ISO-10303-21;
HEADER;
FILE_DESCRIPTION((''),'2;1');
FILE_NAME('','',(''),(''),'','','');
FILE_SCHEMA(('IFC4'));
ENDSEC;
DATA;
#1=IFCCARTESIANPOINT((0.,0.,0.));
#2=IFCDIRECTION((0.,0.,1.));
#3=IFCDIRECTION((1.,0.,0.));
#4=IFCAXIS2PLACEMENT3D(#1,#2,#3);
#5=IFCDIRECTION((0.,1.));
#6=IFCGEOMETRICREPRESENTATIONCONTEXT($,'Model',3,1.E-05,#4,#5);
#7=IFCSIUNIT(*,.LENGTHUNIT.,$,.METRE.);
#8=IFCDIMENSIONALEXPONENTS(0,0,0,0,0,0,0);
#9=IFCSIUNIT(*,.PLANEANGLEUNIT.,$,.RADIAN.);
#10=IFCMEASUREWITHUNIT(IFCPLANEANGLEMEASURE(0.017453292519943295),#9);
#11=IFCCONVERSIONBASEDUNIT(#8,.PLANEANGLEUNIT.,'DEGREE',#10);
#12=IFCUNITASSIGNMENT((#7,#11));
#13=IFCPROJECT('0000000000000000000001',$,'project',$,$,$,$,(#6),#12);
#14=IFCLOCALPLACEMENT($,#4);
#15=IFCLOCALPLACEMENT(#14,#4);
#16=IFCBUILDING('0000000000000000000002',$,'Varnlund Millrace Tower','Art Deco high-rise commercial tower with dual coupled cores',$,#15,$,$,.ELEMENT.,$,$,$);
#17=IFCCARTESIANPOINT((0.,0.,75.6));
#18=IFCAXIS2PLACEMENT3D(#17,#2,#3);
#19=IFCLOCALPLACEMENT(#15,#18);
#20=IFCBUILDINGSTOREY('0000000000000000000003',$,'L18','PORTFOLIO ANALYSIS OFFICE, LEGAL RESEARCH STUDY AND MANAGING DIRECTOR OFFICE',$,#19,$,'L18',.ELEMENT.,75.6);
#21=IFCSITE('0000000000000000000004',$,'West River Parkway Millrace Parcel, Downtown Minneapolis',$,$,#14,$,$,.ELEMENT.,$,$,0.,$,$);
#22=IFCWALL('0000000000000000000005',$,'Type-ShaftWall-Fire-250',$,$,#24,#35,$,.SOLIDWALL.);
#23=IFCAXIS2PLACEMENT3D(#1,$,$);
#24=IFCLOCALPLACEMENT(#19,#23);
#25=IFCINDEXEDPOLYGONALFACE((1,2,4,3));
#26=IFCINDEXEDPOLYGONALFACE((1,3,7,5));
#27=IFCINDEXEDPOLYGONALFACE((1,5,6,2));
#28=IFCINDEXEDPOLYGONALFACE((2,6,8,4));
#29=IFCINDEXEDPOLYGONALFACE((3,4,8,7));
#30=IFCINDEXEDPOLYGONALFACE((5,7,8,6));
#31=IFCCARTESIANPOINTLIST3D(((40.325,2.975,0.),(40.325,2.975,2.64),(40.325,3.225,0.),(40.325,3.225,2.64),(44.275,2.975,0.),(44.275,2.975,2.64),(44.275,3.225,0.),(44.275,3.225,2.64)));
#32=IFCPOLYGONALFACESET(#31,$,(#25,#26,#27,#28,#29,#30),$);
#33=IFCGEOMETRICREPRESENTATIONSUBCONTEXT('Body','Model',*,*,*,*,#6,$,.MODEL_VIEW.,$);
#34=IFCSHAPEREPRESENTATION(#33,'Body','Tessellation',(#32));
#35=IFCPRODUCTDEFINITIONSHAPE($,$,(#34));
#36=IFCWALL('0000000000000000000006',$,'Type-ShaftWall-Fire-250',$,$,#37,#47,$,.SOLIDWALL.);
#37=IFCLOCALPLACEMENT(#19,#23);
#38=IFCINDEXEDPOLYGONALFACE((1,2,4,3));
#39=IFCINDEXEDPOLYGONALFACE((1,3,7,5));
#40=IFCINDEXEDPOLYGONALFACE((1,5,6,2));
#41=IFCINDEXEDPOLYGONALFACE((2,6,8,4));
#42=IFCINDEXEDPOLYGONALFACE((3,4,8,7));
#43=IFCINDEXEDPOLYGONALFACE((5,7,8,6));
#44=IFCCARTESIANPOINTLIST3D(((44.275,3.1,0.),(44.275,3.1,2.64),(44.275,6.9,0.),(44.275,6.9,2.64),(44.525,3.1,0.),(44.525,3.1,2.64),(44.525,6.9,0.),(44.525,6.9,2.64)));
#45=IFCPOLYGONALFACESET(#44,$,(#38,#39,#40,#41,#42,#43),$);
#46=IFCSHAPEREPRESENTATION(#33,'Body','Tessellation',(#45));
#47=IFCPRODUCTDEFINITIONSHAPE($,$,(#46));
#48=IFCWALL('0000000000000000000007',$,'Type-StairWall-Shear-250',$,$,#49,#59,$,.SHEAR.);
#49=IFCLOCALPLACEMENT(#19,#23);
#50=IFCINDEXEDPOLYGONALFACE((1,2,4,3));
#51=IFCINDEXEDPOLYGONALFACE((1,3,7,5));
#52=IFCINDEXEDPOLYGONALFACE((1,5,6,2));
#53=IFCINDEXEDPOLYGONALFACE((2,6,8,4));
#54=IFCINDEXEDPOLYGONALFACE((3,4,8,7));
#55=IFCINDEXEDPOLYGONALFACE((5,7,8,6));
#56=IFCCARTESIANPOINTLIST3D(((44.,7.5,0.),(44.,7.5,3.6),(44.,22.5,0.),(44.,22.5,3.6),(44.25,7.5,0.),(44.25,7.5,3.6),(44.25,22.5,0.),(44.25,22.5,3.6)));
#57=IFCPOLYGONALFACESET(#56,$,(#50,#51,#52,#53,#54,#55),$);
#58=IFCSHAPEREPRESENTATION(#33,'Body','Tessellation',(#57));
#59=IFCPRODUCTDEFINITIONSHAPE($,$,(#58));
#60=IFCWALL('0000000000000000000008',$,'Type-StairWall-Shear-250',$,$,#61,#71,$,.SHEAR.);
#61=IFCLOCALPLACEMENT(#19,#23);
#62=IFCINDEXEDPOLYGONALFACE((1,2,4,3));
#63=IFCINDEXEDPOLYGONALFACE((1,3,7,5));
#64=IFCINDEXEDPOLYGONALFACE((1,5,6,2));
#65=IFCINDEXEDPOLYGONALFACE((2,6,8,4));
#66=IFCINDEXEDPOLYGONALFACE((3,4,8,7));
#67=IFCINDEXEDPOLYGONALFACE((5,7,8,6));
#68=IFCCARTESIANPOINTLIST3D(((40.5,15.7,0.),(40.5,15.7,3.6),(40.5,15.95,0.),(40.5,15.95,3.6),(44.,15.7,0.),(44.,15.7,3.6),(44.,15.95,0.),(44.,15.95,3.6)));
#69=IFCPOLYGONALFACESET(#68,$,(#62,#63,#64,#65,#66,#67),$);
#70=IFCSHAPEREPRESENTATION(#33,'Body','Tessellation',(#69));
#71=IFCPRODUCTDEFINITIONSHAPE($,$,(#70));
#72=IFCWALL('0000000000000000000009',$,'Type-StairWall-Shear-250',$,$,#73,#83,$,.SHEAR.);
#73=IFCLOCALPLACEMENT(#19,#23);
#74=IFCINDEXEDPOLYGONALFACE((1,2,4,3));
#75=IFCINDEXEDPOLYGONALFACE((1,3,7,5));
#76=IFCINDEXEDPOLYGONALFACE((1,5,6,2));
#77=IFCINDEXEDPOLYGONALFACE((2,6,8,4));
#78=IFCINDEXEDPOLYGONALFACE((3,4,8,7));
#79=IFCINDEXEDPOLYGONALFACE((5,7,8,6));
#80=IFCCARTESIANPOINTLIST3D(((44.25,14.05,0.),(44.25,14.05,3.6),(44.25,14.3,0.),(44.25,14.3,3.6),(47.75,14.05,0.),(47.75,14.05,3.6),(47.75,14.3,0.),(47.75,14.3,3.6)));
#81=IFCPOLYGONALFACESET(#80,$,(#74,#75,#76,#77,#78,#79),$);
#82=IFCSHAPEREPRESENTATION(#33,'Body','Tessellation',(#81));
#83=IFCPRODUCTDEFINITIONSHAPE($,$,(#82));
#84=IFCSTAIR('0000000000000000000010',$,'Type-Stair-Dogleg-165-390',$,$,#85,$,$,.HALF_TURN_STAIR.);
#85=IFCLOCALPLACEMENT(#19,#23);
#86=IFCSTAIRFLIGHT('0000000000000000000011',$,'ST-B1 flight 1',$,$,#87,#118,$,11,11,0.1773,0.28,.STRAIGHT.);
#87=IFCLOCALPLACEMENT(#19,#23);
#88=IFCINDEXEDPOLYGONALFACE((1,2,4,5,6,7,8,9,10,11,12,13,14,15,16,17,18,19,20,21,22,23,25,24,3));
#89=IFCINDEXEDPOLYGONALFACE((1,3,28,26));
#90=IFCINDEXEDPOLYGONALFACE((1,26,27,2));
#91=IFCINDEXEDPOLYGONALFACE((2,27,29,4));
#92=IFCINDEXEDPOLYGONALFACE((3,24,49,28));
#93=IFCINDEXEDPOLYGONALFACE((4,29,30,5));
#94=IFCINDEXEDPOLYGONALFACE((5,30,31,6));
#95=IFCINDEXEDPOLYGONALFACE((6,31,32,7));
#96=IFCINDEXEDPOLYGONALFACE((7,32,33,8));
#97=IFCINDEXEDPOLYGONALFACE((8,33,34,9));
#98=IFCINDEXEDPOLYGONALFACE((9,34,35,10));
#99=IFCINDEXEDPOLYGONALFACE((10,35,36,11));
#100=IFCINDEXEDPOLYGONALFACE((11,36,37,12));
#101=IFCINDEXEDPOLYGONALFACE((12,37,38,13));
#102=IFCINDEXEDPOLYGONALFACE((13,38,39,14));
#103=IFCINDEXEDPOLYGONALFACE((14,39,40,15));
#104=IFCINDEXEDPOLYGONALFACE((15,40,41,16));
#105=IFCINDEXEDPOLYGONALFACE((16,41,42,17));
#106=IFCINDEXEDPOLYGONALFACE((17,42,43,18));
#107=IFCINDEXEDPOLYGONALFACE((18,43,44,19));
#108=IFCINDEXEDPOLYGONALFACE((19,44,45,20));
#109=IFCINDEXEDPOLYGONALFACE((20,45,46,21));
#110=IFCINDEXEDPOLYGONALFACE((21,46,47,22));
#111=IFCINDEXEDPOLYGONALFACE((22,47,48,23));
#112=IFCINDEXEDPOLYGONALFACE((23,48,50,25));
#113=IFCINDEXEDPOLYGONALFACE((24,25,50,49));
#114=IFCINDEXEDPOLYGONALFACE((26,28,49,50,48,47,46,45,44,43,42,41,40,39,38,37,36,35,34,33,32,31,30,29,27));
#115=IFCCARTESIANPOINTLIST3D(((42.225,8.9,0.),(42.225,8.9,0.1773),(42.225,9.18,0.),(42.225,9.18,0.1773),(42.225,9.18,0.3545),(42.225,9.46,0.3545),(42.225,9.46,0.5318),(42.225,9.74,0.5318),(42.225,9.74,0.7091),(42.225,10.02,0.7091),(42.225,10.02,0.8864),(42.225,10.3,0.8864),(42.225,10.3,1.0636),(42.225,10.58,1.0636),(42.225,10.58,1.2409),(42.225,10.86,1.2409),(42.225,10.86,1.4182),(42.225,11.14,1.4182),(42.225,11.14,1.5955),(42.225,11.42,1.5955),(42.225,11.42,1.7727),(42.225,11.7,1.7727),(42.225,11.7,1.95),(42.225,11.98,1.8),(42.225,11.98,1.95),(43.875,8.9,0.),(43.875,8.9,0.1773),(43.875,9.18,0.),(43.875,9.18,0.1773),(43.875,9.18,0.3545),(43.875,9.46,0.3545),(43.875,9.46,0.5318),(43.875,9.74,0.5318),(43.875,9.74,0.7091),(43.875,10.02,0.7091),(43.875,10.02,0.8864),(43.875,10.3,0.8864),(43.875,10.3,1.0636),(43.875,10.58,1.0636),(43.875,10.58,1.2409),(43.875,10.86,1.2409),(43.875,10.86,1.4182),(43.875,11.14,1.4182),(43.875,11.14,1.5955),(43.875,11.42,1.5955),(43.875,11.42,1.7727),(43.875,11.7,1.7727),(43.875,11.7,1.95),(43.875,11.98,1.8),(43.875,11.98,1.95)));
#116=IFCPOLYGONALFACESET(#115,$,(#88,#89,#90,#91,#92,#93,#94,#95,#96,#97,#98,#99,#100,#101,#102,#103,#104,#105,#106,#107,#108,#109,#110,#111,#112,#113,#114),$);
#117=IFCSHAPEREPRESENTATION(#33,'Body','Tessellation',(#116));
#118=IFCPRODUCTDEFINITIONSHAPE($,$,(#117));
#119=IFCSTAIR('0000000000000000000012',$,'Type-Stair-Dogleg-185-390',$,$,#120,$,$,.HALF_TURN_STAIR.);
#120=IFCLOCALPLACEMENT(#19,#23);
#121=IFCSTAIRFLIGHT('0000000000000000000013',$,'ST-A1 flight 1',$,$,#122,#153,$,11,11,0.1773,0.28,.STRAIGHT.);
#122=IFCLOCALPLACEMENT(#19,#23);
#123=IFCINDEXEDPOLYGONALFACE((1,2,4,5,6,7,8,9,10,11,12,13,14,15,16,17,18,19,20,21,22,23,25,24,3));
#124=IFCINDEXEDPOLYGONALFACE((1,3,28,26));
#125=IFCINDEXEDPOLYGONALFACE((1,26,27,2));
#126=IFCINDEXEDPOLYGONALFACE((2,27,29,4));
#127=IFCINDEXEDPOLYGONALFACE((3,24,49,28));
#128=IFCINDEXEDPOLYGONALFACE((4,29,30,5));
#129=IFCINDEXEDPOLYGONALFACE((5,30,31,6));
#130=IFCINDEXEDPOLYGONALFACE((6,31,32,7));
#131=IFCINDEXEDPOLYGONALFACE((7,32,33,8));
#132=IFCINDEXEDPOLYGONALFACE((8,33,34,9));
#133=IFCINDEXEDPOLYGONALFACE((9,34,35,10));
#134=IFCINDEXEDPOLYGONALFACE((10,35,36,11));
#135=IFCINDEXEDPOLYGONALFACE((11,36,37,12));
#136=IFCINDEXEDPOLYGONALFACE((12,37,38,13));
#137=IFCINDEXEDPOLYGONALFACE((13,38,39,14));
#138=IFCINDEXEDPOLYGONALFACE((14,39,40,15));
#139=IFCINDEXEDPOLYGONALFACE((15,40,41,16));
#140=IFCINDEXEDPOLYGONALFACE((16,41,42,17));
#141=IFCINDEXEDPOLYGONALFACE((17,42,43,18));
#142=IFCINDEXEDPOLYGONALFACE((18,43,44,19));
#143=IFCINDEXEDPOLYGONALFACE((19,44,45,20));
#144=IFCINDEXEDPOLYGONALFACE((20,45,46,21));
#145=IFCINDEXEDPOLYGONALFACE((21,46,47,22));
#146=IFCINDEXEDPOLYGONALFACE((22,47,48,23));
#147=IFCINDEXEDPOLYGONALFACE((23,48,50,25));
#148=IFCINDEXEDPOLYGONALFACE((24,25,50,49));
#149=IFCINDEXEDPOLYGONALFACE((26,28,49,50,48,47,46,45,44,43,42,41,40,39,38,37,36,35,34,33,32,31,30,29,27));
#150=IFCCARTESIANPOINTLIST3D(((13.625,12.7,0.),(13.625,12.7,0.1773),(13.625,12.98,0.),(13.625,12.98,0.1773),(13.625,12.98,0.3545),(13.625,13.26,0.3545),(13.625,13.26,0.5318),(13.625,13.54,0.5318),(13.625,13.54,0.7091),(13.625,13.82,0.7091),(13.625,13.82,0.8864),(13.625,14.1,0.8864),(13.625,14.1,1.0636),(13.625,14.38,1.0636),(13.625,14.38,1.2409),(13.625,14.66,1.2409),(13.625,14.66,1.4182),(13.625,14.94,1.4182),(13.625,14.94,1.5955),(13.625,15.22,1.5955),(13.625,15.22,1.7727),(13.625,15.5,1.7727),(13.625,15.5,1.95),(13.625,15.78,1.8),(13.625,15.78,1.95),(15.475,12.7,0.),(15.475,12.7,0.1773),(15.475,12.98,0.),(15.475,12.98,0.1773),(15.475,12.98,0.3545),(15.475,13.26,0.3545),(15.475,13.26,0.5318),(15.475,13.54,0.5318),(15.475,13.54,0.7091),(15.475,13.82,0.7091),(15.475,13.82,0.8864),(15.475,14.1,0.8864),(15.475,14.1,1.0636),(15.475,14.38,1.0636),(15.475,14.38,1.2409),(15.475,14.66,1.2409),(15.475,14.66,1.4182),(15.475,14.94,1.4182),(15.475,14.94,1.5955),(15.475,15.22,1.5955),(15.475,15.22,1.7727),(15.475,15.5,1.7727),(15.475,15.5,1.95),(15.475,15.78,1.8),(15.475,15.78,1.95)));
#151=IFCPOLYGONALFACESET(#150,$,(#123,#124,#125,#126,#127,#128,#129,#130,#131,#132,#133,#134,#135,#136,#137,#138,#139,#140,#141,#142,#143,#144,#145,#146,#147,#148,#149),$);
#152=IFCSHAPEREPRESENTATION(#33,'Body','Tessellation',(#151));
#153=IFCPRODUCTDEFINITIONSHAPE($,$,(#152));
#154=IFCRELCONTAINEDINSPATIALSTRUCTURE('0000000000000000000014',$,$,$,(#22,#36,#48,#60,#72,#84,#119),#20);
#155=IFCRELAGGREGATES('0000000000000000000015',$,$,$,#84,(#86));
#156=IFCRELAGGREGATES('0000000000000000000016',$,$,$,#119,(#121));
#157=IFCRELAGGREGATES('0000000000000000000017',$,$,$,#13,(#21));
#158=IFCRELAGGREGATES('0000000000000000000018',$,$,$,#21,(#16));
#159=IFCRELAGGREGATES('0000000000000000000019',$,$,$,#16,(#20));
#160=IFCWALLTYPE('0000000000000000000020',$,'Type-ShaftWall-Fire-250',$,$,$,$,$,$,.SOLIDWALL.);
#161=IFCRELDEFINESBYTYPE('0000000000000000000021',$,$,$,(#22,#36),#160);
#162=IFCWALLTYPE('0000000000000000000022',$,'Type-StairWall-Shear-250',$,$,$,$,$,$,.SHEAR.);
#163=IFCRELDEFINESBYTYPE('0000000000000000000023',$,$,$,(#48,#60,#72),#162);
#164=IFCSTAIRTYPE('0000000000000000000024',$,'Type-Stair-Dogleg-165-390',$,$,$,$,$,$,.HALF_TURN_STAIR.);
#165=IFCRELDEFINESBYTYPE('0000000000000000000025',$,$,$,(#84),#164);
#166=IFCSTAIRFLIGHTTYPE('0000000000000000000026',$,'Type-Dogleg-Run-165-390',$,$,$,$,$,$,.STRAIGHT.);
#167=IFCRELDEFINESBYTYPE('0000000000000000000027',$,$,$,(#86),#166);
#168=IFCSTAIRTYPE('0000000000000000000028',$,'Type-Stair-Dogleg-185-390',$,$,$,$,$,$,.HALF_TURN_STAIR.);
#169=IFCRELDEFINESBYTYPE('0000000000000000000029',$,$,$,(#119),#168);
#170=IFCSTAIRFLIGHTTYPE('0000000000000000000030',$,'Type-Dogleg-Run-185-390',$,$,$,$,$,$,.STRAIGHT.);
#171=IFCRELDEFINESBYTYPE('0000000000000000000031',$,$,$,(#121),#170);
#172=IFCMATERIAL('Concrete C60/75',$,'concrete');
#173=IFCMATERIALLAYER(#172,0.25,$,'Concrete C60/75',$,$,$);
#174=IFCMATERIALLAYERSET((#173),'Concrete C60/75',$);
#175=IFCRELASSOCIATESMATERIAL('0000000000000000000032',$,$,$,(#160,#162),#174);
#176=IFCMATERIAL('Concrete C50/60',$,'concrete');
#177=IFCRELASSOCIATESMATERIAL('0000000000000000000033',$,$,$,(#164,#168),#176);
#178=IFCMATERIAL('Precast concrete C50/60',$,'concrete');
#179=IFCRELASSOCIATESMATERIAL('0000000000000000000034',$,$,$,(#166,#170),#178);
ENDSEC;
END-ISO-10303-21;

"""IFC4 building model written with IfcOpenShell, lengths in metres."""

from ifc_helpers import new_model, entity, si_unit, converted_unit, direction, frame, origin_with_axes, place, context, subcontext, project, spatial, polyline, outline, extrude, material, layer, layer_set, type_object, element, aggregate, save


model = new_model("IFC4")

# Units and contexts
model_context = context("Model", 3, precision=1e-05, world=origin_with_axes(), true_north=direction((0.0, 1.0)))
body_context = subcontext(model_context, "Body", "Model", "MODEL_VIEW")
ifc_project = project(units=[si_unit("LENGTHUNIT", "METRE"), converted_unit("PLANEANGLEUNIT", "DEGREE", entity("IfcPlaneAngleMeasure", 0.017453292519943295), si_unit("PLANEANGLEUNIT", "RADIAN"), dimensions=[0, 0, 0, 0, 0, 0, 0])], contexts=[model_context])

# Site, building, storey
site_placement = place(None, origin_with_axes())
site = spatial("IfcSite", under=ifc_project, at=site_placement, Name="West River Parkway Millrace Parcel, Downtown Minneapolis", CompositionType="ELEMENT", RefElevation=0.0)
building_placement = place(site_placement, origin_with_axes())
building = spatial("IfcBuilding", under=site, at=building_placement, Name="Varnlund Millrace Tower", Description="Art Deco high-rise commercial tower with dual coupled cores", CompositionType="ELEMENT")
storey_placement = place(building_placement, frame((0.0, 0.0, 75.6), z_axis=(0.0, 0.0, 1.0), x_axis=(1.0, 0.0, 0.0)))
storey = spatial("IfcBuildingStorey", under=building, at=storey_placement, Name="L18", Description="PORTFOLIO ANALYSIS OFFICE, LEGAL RESEARCH STUDY AND MANAGING DIRECTOR OFFICE", LongName="L18", CompositionType="ELEMENT", Elevation=75.6)

# Shared definitions
ifc_material_1 = material(Name="Concrete C60/75", Category="concrete")
ifc_layer_1 = layer(ifc_material_1, 0.25, Name="Concrete C60/75")
ifc_layer_set_1 = layer_set([ifc_layer_1], Name="Concrete C60/75")
wall_type_1 = type_object("IfcWallType", Name="Type-ShaftWall-Fire-250", PredefinedType="SOLIDWALL", material=ifc_layer_set_1)

# Walls
wall_1_placement = place(storey_placement, frame((40.325, 3.1, 0.0), z_axis=(0.0, 0.0, 1.0), x_axis=(1.0, 0.0, 0.0)))
element("IfcWall", 1, at=wall_1_placement, inside=storey, type_object=wall_type_1, Name="Type-ShaftWall-Fire-250", PredefinedType="SOLIDWALL", context=body_context, shape_type="SweptSolid", body=[
    extrude(outline(polyline([(0.0, -0.125), (3.95, -0.125), (3.95, 0.125), (0.0, 0.125), (0.0, -0.125)])), origin_with_axes(), (0.0, 0.0, 1.0), 2.64),
])
wall_2_placement = place(storey_placement, frame((44.4, 3.1, 0.0), z_axis=(0.0, 0.0, 1.0), x_axis=(0.0, 1.0, 0.0)))
element("IfcWall", 2, at=wall_2_placement, inside=storey, type_object=wall_type_1, Name="Type-ShaftWall-Fire-250", PredefinedType="SOLIDWALL", context=body_context, shape_type="SweptSolid", body=[
    extrude(outline(polyline([(0.0, -0.125), (3.8, -0.125), (3.8, 0.125), (0.0, 0.125), (0.0, -0.125)])), origin_with_axes(), (0.0, 0.0, 1.0), 2.64),
])
wall_type_2 = type_object("IfcWallType", Name="Type-StairWall-Shear-250", PredefinedType="SHEAR", material=ifc_layer_set_1)
wall_3_placement = place(storey_placement, frame((44.125, 7.5, 0.0), z_axis=(0.0, 0.0, 1.0), x_axis=(0.0, 1.0, 0.0)))
element("IfcWall", 3, at=wall_3_placement, inside=storey, type_object=wall_type_2, Name="Type-StairWall-Shear-250", PredefinedType="SHEAR", context=body_context, shape_type="SweptSolid", body=[
    extrude(outline(polyline([(0.0, -0.125), (15.0, -0.125), (15.0, 0.125), (0.0, 0.125), (0.0, -0.125)])), origin_with_axes(), (0.0, 0.0, 1.0), 3.6),
])
for number, where, z_axis, x_axis, name in (
    (4, (40.5, 15.825, 0.0), (0.0, 0.0, 1.0), (1.0, 0.0, 0.0), "Type-StairWall-Shear-250"),
    (5, (44.25, 14.175, 0.0), (0.0, 0.0, 1.0), (1.0, 0.0, 0.0), "Type-StairWall-Shear-250"),
):
    element("IfcWall", number, at=place(storey_placement, frame(where, z_axis=z_axis, x_axis=x_axis)), inside=storey, type_object=wall_type_2, Name=name, PredefinedType="SHEAR", context=body_context, shape_type="SweptSolid", body=[
        extrude(outline(polyline([(0.0, -0.125), (3.5, -0.125), (3.5, 0.125), (0.0, 0.125), (0.0, -0.125)])), origin_with_axes(), (0.0, 0.0, 1.0), 3.6),
    ])

# Stairs, stair flights
ifc_material_2 = material(Name="Concrete C50/60", Category="concrete")
stair_type_1 = type_object("IfcStairType", Name="Type-Stair-Dogleg-165-390", PredefinedType="HALF_TURN_STAIR", material=ifc_material_2)
stair_1_placement = place(storey_placement, origin_with_axes())
stair_1 = element("IfcStair", 6, at=stair_1_placement, inside=storey, type_object=stair_type_1, Name="Type-Stair-Dogleg-165-390", PredefinedType="HALF_TURN_STAIR")
ifc_material_3 = material(Name="Precast concrete C50/60", Category="concrete")
stair_flight_type_1 = type_object("IfcStairFlightType", Name="Type-Dogleg-Run-165-390", PredefinedType="STRAIGHT", material=ifc_material_3)
stair_flight_1_placement = place(storey_placement, frame((42.225, 8.9, 0.0), z_axis=(1.0, 0.0, 0.0), x_axis=(0.0, 1.0, 0.0)))
stair_flight_1 = element("IfcStairFlight", 7, at=stair_flight_1_placement, type_object=stair_flight_type_1, Name="ST-B1 flight 1", NumberOfRisers=11, NumberOfTreads=11, PredefinedType="STRAIGHT", RiserHeight=0.1773, TreadLength=0.28, context=body_context, shape_type="SweptSolid", body=[
    extrude(outline(polyline([(0.0, 0.0), (0.0, 0.1773), (0.28, 0.1773), (0.28, 0.3545), (0.56, 0.3545), (0.56, 0.5318), (0.84, 0.5318), (0.84, 0.7091), (1.12, 0.7091), (1.12, 0.8864), (1.4, 0.8864), (1.4, 1.0636), (1.68, 1.0636), (1.68, 1.2409), (1.96, 1.2409), (1.96, 1.4182), (2.24, 1.4182), (2.24, 1.5955), (2.52, 1.5955), (2.52, 1.7727), (2.8, 1.7727), (2.8, 1.95), (3.08, 1.95), (3.08, 1.8), (0.28, 0.0), (0.0, 0.0)])), origin_with_axes(), (0.0, 0.0, 1.0), 1.65),
])
aggregate(stair_1, [stair_flight_1])
stair_type_2 = type_object("IfcStairType", Name="Type-Stair-Dogleg-185-390", PredefinedType="HALF_TURN_STAIR", material=ifc_material_2)
stair_2_placement = place(storey_placement, origin_with_axes())
stair_2 = element("IfcStair", 8, at=stair_2_placement, inside=storey, type_object=stair_type_2, Name="Type-Stair-Dogleg-185-390", PredefinedType="HALF_TURN_STAIR")
stair_flight_type_2 = type_object("IfcStairFlightType", Name="Type-Dogleg-Run-185-390", PredefinedType="STRAIGHT", material=ifc_material_3)
stair_flight_2_placement = place(storey_placement, frame((13.625, 12.7, 0.0), z_axis=(1.0, 0.0, 0.0), x_axis=(0.0, 1.0, 0.0)))
stair_flight_2 = element("IfcStairFlight", 9, at=stair_flight_2_placement, type_object=stair_flight_type_2, Name="ST-A1 flight 1", NumberOfRisers=11, NumberOfTreads=11, PredefinedType="STRAIGHT", RiserHeight=0.1773, TreadLength=0.28, context=body_context, shape_type="SweptSolid", body=[
    extrude(outline(polyline([(0.0, 0.0), (0.0, 0.1773), (0.28, 0.1773), (0.28, 0.3545), (0.56, 0.3545), (0.56, 0.5318), (0.84, 0.5318), (0.84, 0.7091), (1.12, 0.7091), (1.12, 0.8864), (1.4, 0.8864), (1.4, 1.0636), (1.68, 1.0636), (1.68, 1.2409), (1.96, 1.2409), (1.96, 1.4182), (2.24, 1.4182), (2.24, 1.5955), (2.52, 1.5955), (2.52, 1.7727), (2.8, 1.7727), (2.8, 1.95), (3.08, 1.95), (3.08, 1.8), (0.28, 0.0), (0.0, 0.0)])), origin_with_axes(), (0.0, 0.0, 1.0), 1.85),
])
aggregate(stair_2, [stair_flight_2])

save(model, "model.ifc")
